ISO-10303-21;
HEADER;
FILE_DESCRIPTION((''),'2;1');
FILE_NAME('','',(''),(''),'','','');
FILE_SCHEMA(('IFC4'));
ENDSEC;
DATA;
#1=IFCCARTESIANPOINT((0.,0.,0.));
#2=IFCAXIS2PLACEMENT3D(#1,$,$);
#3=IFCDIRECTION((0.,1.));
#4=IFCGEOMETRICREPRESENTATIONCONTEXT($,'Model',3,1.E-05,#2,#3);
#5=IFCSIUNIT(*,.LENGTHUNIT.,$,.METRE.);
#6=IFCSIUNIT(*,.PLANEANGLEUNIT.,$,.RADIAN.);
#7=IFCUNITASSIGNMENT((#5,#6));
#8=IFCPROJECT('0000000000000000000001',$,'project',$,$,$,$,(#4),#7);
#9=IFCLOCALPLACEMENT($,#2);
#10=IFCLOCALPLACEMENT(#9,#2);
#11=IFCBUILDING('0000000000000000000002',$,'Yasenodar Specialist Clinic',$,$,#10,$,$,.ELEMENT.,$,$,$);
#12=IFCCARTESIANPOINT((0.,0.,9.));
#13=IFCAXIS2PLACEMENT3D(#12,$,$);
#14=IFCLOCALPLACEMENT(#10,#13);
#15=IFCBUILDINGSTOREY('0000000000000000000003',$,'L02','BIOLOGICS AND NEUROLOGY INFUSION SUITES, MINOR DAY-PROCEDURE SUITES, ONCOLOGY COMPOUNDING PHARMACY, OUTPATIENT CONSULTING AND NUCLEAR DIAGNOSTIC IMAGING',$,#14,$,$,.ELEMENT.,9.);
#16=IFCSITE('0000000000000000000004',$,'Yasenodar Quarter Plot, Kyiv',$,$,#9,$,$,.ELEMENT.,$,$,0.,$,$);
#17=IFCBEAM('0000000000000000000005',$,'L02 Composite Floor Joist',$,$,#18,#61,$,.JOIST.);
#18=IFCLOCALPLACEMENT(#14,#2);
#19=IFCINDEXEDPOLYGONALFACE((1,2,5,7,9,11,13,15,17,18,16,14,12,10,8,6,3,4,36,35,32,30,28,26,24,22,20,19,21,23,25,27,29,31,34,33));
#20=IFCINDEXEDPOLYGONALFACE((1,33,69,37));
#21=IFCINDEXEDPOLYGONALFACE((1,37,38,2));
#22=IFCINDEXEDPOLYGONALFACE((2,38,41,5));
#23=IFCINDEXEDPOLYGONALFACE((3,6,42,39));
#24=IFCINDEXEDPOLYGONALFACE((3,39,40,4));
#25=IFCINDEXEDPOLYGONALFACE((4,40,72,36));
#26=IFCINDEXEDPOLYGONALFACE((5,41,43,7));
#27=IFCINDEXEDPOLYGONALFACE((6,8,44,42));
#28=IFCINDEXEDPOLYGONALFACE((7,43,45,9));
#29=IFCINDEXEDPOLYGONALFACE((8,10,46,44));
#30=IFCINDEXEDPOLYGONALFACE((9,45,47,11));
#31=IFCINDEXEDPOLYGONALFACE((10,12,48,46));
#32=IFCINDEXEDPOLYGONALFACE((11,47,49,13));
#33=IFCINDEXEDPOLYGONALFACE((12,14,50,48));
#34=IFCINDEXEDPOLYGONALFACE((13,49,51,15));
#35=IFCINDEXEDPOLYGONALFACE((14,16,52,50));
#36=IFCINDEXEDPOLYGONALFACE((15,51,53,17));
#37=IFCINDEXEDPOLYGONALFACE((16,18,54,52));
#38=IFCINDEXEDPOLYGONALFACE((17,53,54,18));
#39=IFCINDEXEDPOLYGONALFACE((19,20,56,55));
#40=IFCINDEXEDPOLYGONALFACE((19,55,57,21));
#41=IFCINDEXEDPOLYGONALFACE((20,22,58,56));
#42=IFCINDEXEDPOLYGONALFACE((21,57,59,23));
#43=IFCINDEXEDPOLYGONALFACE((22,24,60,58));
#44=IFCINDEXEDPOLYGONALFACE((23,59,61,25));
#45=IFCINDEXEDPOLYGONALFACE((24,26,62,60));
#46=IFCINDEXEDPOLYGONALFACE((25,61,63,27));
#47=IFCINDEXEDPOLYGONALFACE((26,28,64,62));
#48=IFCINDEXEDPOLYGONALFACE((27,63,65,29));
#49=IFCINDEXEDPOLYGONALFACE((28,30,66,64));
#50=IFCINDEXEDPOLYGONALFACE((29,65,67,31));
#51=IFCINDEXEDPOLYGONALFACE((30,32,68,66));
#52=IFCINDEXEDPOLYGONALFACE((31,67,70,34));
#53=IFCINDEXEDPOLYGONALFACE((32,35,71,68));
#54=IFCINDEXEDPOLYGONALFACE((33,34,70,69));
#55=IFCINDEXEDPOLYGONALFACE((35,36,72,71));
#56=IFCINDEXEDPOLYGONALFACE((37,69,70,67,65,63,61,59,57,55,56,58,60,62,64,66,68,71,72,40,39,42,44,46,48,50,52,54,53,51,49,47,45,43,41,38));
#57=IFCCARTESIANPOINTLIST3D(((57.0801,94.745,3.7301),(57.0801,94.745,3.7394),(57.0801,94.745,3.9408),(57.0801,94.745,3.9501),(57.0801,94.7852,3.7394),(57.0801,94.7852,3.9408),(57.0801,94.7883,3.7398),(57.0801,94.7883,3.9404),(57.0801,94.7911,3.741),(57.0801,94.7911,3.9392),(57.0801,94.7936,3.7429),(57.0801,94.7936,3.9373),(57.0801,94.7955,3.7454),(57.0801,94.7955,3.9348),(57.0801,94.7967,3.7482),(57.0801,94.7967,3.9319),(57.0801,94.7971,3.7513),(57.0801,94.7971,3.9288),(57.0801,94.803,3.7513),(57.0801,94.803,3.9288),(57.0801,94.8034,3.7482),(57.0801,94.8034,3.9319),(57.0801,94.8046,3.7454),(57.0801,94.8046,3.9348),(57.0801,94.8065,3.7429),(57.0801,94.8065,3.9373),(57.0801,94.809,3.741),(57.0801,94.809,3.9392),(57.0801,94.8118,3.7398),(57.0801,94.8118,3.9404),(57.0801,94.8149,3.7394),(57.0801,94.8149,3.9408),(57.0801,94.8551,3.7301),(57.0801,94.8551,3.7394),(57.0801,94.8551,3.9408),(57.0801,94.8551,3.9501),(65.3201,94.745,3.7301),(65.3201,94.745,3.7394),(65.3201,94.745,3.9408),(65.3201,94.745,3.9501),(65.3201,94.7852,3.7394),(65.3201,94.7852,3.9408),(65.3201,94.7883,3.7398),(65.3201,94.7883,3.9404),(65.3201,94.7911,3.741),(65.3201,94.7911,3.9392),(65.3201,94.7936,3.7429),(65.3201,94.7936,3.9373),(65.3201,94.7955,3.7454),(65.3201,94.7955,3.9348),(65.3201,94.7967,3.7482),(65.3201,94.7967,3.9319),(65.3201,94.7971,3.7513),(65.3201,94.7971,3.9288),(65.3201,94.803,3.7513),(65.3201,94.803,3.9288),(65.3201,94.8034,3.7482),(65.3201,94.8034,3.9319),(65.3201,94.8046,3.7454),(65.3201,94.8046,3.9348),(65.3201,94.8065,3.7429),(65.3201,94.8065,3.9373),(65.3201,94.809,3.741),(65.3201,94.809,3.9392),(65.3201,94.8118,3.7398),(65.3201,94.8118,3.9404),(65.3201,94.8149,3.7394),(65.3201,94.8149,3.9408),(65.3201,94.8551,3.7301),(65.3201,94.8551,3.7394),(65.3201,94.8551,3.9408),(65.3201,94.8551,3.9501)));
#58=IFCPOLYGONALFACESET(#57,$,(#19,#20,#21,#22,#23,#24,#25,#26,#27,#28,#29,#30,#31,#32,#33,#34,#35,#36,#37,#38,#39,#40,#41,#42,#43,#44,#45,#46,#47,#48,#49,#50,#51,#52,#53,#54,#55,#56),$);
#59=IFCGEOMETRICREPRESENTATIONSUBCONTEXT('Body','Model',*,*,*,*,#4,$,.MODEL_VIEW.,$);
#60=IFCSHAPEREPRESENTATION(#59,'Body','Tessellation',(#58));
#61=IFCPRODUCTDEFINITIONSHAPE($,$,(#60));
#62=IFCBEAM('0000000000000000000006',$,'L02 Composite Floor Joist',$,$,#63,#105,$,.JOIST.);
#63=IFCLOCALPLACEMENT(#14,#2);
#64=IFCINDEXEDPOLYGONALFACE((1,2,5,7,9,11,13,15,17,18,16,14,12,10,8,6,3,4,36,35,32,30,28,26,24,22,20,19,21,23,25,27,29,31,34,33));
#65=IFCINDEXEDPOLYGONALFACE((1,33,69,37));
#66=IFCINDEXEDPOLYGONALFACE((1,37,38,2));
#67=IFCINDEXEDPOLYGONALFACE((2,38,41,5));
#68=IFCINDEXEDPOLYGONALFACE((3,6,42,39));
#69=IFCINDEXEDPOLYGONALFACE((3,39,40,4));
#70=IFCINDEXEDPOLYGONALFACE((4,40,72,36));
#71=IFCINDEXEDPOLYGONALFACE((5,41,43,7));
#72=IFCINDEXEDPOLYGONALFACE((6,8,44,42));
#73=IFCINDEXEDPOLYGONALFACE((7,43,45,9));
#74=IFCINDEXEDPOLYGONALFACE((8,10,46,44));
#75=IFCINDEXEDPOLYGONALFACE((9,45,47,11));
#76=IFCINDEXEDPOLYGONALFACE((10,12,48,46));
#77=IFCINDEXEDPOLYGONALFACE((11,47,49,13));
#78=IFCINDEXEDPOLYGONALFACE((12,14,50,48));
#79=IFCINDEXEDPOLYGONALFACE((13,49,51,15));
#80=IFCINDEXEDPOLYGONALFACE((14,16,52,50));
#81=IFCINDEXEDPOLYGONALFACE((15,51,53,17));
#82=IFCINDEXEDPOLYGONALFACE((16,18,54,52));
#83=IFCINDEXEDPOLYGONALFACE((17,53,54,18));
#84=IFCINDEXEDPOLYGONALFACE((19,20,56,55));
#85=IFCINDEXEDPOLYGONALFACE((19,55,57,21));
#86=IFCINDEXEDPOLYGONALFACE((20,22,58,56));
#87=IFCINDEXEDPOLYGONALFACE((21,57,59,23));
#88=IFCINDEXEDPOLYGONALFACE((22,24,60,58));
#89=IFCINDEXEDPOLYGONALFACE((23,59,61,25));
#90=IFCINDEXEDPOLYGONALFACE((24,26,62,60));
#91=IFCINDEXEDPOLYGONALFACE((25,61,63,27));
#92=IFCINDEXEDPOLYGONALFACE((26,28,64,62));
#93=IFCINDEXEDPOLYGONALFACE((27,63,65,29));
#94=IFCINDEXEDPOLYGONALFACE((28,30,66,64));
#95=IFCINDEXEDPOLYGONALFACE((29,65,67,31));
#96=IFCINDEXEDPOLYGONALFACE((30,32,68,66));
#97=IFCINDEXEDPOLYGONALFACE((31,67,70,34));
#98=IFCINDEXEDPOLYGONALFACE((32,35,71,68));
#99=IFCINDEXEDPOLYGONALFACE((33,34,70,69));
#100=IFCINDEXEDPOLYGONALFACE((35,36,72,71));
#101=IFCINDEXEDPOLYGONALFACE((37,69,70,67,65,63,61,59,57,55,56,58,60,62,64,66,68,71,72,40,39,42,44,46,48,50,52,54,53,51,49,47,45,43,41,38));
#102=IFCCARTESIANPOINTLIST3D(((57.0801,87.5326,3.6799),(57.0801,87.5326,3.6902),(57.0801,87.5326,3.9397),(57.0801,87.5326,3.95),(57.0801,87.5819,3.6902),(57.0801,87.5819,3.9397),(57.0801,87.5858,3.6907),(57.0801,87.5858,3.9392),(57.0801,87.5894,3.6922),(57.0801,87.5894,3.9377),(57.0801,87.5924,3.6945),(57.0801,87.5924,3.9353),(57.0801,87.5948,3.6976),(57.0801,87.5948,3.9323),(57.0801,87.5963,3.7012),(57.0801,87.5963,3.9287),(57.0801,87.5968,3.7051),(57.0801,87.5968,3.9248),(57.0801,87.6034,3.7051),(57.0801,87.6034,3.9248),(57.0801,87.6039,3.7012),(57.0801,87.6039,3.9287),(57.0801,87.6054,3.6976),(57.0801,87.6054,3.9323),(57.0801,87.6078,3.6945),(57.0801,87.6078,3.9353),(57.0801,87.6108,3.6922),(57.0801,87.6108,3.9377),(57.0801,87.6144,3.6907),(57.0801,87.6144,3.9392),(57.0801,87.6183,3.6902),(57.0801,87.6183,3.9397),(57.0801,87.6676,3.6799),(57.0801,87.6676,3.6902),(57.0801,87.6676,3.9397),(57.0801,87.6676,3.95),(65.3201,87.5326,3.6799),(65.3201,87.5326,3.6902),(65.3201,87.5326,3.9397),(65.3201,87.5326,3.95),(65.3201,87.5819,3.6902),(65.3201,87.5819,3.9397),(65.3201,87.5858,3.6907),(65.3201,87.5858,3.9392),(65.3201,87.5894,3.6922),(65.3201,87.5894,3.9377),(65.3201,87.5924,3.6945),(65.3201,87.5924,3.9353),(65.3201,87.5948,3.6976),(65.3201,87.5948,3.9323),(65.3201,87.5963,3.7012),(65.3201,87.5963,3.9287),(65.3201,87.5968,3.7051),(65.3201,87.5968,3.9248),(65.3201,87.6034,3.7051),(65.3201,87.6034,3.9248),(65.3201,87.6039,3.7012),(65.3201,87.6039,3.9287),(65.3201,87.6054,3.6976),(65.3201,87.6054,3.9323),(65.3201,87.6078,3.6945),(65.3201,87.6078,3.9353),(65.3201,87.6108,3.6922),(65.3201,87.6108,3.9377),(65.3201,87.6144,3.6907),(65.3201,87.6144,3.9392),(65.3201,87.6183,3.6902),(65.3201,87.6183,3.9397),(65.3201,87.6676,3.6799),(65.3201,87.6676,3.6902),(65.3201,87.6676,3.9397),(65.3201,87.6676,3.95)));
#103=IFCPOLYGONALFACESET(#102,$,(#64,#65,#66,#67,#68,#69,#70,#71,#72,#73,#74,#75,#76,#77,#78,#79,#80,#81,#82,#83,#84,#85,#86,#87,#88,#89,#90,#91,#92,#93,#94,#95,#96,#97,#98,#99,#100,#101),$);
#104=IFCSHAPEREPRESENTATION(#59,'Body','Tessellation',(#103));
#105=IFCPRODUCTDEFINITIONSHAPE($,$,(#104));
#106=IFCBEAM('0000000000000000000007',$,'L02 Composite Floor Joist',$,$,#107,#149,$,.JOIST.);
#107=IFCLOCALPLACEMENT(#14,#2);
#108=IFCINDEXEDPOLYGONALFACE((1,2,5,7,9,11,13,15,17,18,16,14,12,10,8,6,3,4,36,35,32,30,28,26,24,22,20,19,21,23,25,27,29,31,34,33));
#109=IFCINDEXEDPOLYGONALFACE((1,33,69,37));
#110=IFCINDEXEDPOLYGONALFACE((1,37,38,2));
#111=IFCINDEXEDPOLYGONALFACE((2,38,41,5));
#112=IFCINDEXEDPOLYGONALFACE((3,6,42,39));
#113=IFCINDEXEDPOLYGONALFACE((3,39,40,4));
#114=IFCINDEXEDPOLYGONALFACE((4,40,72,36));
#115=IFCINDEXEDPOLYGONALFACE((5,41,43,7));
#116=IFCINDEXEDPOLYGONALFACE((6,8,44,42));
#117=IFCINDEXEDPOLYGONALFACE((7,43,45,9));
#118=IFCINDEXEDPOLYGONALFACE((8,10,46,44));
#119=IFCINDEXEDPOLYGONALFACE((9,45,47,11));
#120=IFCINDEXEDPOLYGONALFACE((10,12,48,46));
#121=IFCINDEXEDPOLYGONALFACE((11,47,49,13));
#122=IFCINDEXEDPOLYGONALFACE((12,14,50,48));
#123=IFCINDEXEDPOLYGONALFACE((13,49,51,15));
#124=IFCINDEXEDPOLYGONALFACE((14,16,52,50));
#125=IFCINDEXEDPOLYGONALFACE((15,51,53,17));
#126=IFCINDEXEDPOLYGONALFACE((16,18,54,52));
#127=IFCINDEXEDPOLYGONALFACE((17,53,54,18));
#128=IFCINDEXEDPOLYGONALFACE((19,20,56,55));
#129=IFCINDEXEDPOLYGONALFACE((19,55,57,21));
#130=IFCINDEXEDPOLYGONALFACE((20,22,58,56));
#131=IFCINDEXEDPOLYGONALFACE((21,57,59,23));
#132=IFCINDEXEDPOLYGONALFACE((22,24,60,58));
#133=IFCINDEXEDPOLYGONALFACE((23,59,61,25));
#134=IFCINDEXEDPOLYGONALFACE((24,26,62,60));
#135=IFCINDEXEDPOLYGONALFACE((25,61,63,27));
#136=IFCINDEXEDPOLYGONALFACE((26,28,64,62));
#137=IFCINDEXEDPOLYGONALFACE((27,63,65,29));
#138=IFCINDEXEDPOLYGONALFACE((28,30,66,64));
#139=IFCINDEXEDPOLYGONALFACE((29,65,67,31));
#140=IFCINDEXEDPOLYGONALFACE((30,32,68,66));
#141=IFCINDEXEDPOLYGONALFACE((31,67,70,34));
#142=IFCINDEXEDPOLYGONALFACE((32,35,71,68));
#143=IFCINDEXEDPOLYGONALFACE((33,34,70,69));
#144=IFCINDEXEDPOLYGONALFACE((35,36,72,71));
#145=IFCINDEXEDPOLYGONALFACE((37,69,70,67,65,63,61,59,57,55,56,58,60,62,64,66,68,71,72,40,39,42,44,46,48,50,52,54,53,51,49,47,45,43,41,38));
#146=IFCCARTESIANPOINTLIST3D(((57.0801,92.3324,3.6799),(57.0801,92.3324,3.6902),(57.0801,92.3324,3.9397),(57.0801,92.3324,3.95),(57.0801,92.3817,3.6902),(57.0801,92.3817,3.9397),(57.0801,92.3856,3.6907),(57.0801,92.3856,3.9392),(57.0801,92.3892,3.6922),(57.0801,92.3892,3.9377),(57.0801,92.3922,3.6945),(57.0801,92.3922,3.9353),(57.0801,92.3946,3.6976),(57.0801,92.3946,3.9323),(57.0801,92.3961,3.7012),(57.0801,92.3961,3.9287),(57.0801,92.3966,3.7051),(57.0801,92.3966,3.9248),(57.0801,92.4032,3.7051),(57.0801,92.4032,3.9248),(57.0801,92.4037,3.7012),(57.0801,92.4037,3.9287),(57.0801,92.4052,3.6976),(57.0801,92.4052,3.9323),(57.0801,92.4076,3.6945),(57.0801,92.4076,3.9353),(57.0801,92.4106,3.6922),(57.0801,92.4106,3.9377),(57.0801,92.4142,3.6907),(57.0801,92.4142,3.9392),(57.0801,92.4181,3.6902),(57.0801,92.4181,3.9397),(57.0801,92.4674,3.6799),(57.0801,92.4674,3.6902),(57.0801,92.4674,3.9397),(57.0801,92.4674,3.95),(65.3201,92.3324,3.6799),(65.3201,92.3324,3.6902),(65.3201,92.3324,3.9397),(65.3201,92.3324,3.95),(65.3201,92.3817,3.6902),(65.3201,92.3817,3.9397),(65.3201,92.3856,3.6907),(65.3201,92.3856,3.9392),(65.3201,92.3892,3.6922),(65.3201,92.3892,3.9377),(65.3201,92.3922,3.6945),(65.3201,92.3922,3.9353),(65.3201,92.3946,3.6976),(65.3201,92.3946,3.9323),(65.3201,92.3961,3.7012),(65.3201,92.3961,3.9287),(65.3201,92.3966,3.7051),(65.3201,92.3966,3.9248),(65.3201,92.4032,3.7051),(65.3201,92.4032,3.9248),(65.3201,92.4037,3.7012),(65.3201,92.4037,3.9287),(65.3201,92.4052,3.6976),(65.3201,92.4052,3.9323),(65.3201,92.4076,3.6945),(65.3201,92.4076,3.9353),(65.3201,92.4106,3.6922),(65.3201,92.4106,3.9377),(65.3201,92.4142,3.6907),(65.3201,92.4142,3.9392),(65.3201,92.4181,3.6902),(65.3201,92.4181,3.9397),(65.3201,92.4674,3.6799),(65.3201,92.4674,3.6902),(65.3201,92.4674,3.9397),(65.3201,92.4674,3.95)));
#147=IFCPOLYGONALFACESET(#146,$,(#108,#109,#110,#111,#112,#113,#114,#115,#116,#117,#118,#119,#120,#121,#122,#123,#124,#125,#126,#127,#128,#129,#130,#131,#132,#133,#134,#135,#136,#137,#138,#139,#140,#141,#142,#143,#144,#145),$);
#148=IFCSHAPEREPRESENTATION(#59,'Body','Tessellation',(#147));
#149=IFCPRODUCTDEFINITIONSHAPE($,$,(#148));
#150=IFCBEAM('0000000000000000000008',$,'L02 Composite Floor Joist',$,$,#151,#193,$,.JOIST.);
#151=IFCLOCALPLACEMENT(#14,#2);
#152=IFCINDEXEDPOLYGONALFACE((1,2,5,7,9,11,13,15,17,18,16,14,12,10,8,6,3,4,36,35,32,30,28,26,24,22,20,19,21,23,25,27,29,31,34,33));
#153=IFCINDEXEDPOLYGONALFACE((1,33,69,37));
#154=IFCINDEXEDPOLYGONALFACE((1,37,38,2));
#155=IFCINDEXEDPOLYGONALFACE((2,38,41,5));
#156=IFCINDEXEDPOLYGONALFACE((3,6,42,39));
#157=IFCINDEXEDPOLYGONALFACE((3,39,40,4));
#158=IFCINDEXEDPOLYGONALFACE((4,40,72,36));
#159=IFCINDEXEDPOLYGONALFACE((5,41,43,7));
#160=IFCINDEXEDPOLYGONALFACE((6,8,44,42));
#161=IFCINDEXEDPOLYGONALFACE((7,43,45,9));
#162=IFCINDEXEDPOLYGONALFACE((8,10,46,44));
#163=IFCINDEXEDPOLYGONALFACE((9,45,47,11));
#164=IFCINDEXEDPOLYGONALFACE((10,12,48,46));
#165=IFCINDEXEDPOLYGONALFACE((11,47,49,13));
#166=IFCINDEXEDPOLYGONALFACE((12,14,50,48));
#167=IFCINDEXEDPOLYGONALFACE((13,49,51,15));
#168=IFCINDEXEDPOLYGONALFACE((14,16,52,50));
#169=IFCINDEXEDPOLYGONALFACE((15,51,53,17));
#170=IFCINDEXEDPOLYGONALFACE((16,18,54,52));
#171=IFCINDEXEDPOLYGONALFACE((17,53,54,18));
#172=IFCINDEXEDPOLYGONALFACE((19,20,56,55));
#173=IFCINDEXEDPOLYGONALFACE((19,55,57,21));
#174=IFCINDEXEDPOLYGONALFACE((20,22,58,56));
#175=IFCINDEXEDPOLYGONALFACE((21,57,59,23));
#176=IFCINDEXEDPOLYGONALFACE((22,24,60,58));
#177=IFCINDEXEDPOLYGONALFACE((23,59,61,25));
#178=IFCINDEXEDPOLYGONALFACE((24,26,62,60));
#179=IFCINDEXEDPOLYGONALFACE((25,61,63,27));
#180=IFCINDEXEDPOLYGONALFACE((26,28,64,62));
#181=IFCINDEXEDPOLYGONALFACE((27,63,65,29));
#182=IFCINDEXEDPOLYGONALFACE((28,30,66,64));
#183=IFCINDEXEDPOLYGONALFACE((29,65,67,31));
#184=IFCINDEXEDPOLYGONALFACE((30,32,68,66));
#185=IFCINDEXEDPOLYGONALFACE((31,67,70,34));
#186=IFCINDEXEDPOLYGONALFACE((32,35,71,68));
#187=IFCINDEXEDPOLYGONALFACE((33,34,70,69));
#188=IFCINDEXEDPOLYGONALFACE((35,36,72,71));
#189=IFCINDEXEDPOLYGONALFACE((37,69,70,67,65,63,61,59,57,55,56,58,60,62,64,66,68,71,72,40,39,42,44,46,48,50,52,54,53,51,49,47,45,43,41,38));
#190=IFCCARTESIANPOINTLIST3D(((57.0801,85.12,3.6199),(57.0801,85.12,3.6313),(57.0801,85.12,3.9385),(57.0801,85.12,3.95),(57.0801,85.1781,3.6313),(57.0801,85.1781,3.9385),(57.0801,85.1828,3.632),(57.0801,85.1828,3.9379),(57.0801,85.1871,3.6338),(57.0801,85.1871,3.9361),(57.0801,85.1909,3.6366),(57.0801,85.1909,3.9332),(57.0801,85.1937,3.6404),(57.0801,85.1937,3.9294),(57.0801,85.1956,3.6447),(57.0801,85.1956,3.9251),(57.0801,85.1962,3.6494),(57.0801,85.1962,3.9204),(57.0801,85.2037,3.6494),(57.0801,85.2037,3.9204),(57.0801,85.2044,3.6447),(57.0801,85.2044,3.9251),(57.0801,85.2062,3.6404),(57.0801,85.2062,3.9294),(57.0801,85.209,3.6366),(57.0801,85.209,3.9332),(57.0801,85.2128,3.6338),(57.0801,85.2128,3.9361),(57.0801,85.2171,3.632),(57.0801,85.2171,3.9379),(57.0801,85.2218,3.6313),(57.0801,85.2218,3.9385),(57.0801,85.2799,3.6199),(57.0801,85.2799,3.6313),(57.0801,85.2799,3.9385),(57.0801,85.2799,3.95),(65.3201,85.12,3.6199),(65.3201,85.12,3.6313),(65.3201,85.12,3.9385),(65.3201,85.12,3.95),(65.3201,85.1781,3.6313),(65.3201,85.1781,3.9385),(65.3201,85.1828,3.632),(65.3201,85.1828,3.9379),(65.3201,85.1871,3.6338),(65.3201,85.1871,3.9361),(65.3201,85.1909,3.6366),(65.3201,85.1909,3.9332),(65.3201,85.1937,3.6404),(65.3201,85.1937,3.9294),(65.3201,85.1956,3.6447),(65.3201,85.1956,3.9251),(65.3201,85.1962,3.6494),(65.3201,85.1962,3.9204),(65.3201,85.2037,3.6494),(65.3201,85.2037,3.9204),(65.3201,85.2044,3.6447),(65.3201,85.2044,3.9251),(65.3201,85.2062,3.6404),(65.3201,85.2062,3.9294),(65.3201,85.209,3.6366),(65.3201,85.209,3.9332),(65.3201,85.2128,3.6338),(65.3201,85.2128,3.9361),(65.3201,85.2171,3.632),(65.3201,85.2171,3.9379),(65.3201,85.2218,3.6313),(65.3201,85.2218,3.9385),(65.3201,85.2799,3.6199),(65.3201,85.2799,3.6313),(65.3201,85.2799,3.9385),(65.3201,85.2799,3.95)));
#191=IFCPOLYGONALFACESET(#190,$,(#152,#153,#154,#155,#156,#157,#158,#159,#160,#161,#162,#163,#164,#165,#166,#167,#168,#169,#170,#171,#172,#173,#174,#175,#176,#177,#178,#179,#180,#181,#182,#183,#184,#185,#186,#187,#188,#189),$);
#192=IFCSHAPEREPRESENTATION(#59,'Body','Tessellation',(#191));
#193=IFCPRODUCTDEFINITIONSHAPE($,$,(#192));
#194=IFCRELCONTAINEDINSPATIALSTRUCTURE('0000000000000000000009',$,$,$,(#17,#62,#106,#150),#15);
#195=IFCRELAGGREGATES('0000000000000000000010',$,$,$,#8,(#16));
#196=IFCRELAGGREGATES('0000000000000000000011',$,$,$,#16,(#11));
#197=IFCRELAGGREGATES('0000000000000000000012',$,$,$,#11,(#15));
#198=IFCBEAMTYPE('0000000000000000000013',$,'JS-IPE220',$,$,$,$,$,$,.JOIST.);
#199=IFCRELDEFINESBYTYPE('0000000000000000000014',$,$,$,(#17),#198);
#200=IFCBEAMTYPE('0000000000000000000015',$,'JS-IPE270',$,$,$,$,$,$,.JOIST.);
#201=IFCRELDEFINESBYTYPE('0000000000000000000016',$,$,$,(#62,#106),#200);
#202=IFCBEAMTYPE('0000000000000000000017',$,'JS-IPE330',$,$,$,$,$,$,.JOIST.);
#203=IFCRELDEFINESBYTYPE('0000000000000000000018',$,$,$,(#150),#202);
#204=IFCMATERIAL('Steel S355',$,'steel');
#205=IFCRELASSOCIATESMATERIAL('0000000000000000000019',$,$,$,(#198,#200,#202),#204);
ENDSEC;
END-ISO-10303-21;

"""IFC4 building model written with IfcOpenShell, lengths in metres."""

from ifc_helpers import new_model, si_unit, direction, frame, origin, origin_2d, place, context, subcontext, project, spatial, i_section, extrude, material, material_profile, profile_set, type_object, element, save


model = new_model("IFC4")

# Units and contexts
model_context = context("Model", 3, precision=1e-05, world=origin(), true_north=direction((0.0, 1.0)))
body_context = subcontext(model_context, "Body", "Model", "MODEL_VIEW")
ifc_project = project(units=[si_unit("LENGTHUNIT", "METRE"), si_unit("PLANEANGLEUNIT", "RADIAN")], contexts=[model_context])

# Site, building, storey
site_placement = place(None, origin())
site = spatial("IfcSite", under=ifc_project, at=site_placement, Name="Yasenodar Quarter Plot, Kyiv", CompositionType="ELEMENT", RefElevation=0.0)
building_placement = place(site_placement, origin())
building = spatial("IfcBuilding", under=site, at=building_placement, Name="Yasenodar Specialist Clinic", CompositionType="ELEMENT")
storey_placement = place(building_placement, frame((0.0, 0.0, 9.0)))
storey = spatial("IfcBuildingStorey", under=building, at=storey_placement, Name="L02", Description="BIOLOGICS AND NEUROLOGY INFUSION SUITES, MINOR DAY-PROCEDURE SUITES, ONCOLOGY COMPOUNDING PHARMACY, OUTPATIENT CONSULTING AND NUCLEAR DIAGNOSTIC IMAGING", CompositionType="ELEMENT", Elevation=9.0)

# Shared definitions
ifc_material_1 = material(Name="Steel S355", Category="steel")

# Beams
ifc_material_profile_1 = material_profile(ifc_material_1, i_section(OverallWidth=0.1101, OverallDepth=0.22, WebThickness=0.0059, FlangeThickness=0.0093, FilletRadius=0.012, at=origin_2d()), Name="IPE 220")
ifc_profile_set_1 = profile_set([ifc_material_profile_1], Name="Steel S355")
beam_type_1 = type_object("IfcBeamType", Name="JS-IPE220", PredefinedType="JOIST", material=ifc_profile_set_1)
beam_1_placement = place(storey_placement, frame((57.0801, 94.8, 3.8401), z_axis=(1.0, 0.0, 0.0), x_axis=(0.0, 1.0, 0.0)))
element("IfcBeam", 1, at=beam_1_placement, inside=storey, type_object=beam_type_1, Name="L02 Composite Floor Joist", PredefinedType="JOIST", context=body_context, shape_type="SweptSolid", body=[
    extrude(i_section(OverallWidth=0.1101, OverallDepth=0.22, WebThickness=0.0059, FlangeThickness=0.0093, FilletRadius=0.012, at=origin_2d()), origin(), (0.0, 0.0, 1.0), 8.24),
])
ifc_material_profile_2 = material_profile(ifc_material_1, i_section(OverallWidth=0.135, OverallDepth=0.27, WebThickness=0.0066, FlangeThickness=0.0103, FilletRadius=0.0149, at=origin_2d()), Name="IPE 270")
ifc_profile_set_2 = profile_set([ifc_material_profile_2], Name="Steel S355")
beam_type_2 = type_object("IfcBeamType", Name="JS-IPE270", PredefinedType="JOIST", material=ifc_profile_set_2)
for number, where, z_axis, x_axis, name in (
    (2, (57.0801, 87.6001, 3.8149), (1.0, 0.0, 0.0), (0.0, 1.0, 0.0), "L02 Composite Floor Joist"),
    (3, (57.0801, 92.3999, 3.8149), (1.0, 0.0, 0.0), (0.0, 1.0, 0.0), "L02 Composite Floor Joist"),
):
    element("IfcBeam", number, at=place(storey_placement, frame(where, z_axis=z_axis, x_axis=x_axis)), inside=storey, type_object=beam_type_2, Name=name, PredefinedType="JOIST", context=body_context, shape_type="SweptSolid", body=[
        extrude(i_section(OverallWidth=0.135, OverallDepth=0.27, WebThickness=0.0066, FlangeThickness=0.0103, FilletRadius=0.0149, at=origin_2d()), origin(), (0.0, 0.0, 1.0), 8.24),
    ])
ifc_material_profile_3 = material_profile(ifc_material_1, i_section(OverallWidth=0.1599, OverallDepth=0.3301, WebThickness=0.0076, FlangeThickness=0.0115, FilletRadius=0.0181, at=origin_2d()), Name="IPE 330")
ifc_profile_set_3 = profile_set([ifc_material_profile_3], Name="Steel S355")
beam_type_3 = type_object("IfcBeamType", Name="JS-IPE330", PredefinedType="JOIST", material=ifc_profile_set_3)
beam_2_placement = place(storey_placement, frame((57.0801, 85.2, 3.7849), z_axis=(1.0, 0.0, 0.0), x_axis=(0.0, 1.0, 0.0)))
element("IfcBeam", 4, at=beam_2_placement, inside=storey, type_object=beam_type_3, Name="L02 Composite Floor Joist", PredefinedType="JOIST", context=body_context, shape_type="SweptSolid", body=[
    extrude(i_section(OverallWidth=0.1599, OverallDepth=0.3301, WebThickness=0.0076, FlangeThickness=0.0115, FilletRadius=0.0181, at=origin_2d()), origin(), (0.0, 0.0, 1.0), 8.24),
])

save(model, "model.ifc")
